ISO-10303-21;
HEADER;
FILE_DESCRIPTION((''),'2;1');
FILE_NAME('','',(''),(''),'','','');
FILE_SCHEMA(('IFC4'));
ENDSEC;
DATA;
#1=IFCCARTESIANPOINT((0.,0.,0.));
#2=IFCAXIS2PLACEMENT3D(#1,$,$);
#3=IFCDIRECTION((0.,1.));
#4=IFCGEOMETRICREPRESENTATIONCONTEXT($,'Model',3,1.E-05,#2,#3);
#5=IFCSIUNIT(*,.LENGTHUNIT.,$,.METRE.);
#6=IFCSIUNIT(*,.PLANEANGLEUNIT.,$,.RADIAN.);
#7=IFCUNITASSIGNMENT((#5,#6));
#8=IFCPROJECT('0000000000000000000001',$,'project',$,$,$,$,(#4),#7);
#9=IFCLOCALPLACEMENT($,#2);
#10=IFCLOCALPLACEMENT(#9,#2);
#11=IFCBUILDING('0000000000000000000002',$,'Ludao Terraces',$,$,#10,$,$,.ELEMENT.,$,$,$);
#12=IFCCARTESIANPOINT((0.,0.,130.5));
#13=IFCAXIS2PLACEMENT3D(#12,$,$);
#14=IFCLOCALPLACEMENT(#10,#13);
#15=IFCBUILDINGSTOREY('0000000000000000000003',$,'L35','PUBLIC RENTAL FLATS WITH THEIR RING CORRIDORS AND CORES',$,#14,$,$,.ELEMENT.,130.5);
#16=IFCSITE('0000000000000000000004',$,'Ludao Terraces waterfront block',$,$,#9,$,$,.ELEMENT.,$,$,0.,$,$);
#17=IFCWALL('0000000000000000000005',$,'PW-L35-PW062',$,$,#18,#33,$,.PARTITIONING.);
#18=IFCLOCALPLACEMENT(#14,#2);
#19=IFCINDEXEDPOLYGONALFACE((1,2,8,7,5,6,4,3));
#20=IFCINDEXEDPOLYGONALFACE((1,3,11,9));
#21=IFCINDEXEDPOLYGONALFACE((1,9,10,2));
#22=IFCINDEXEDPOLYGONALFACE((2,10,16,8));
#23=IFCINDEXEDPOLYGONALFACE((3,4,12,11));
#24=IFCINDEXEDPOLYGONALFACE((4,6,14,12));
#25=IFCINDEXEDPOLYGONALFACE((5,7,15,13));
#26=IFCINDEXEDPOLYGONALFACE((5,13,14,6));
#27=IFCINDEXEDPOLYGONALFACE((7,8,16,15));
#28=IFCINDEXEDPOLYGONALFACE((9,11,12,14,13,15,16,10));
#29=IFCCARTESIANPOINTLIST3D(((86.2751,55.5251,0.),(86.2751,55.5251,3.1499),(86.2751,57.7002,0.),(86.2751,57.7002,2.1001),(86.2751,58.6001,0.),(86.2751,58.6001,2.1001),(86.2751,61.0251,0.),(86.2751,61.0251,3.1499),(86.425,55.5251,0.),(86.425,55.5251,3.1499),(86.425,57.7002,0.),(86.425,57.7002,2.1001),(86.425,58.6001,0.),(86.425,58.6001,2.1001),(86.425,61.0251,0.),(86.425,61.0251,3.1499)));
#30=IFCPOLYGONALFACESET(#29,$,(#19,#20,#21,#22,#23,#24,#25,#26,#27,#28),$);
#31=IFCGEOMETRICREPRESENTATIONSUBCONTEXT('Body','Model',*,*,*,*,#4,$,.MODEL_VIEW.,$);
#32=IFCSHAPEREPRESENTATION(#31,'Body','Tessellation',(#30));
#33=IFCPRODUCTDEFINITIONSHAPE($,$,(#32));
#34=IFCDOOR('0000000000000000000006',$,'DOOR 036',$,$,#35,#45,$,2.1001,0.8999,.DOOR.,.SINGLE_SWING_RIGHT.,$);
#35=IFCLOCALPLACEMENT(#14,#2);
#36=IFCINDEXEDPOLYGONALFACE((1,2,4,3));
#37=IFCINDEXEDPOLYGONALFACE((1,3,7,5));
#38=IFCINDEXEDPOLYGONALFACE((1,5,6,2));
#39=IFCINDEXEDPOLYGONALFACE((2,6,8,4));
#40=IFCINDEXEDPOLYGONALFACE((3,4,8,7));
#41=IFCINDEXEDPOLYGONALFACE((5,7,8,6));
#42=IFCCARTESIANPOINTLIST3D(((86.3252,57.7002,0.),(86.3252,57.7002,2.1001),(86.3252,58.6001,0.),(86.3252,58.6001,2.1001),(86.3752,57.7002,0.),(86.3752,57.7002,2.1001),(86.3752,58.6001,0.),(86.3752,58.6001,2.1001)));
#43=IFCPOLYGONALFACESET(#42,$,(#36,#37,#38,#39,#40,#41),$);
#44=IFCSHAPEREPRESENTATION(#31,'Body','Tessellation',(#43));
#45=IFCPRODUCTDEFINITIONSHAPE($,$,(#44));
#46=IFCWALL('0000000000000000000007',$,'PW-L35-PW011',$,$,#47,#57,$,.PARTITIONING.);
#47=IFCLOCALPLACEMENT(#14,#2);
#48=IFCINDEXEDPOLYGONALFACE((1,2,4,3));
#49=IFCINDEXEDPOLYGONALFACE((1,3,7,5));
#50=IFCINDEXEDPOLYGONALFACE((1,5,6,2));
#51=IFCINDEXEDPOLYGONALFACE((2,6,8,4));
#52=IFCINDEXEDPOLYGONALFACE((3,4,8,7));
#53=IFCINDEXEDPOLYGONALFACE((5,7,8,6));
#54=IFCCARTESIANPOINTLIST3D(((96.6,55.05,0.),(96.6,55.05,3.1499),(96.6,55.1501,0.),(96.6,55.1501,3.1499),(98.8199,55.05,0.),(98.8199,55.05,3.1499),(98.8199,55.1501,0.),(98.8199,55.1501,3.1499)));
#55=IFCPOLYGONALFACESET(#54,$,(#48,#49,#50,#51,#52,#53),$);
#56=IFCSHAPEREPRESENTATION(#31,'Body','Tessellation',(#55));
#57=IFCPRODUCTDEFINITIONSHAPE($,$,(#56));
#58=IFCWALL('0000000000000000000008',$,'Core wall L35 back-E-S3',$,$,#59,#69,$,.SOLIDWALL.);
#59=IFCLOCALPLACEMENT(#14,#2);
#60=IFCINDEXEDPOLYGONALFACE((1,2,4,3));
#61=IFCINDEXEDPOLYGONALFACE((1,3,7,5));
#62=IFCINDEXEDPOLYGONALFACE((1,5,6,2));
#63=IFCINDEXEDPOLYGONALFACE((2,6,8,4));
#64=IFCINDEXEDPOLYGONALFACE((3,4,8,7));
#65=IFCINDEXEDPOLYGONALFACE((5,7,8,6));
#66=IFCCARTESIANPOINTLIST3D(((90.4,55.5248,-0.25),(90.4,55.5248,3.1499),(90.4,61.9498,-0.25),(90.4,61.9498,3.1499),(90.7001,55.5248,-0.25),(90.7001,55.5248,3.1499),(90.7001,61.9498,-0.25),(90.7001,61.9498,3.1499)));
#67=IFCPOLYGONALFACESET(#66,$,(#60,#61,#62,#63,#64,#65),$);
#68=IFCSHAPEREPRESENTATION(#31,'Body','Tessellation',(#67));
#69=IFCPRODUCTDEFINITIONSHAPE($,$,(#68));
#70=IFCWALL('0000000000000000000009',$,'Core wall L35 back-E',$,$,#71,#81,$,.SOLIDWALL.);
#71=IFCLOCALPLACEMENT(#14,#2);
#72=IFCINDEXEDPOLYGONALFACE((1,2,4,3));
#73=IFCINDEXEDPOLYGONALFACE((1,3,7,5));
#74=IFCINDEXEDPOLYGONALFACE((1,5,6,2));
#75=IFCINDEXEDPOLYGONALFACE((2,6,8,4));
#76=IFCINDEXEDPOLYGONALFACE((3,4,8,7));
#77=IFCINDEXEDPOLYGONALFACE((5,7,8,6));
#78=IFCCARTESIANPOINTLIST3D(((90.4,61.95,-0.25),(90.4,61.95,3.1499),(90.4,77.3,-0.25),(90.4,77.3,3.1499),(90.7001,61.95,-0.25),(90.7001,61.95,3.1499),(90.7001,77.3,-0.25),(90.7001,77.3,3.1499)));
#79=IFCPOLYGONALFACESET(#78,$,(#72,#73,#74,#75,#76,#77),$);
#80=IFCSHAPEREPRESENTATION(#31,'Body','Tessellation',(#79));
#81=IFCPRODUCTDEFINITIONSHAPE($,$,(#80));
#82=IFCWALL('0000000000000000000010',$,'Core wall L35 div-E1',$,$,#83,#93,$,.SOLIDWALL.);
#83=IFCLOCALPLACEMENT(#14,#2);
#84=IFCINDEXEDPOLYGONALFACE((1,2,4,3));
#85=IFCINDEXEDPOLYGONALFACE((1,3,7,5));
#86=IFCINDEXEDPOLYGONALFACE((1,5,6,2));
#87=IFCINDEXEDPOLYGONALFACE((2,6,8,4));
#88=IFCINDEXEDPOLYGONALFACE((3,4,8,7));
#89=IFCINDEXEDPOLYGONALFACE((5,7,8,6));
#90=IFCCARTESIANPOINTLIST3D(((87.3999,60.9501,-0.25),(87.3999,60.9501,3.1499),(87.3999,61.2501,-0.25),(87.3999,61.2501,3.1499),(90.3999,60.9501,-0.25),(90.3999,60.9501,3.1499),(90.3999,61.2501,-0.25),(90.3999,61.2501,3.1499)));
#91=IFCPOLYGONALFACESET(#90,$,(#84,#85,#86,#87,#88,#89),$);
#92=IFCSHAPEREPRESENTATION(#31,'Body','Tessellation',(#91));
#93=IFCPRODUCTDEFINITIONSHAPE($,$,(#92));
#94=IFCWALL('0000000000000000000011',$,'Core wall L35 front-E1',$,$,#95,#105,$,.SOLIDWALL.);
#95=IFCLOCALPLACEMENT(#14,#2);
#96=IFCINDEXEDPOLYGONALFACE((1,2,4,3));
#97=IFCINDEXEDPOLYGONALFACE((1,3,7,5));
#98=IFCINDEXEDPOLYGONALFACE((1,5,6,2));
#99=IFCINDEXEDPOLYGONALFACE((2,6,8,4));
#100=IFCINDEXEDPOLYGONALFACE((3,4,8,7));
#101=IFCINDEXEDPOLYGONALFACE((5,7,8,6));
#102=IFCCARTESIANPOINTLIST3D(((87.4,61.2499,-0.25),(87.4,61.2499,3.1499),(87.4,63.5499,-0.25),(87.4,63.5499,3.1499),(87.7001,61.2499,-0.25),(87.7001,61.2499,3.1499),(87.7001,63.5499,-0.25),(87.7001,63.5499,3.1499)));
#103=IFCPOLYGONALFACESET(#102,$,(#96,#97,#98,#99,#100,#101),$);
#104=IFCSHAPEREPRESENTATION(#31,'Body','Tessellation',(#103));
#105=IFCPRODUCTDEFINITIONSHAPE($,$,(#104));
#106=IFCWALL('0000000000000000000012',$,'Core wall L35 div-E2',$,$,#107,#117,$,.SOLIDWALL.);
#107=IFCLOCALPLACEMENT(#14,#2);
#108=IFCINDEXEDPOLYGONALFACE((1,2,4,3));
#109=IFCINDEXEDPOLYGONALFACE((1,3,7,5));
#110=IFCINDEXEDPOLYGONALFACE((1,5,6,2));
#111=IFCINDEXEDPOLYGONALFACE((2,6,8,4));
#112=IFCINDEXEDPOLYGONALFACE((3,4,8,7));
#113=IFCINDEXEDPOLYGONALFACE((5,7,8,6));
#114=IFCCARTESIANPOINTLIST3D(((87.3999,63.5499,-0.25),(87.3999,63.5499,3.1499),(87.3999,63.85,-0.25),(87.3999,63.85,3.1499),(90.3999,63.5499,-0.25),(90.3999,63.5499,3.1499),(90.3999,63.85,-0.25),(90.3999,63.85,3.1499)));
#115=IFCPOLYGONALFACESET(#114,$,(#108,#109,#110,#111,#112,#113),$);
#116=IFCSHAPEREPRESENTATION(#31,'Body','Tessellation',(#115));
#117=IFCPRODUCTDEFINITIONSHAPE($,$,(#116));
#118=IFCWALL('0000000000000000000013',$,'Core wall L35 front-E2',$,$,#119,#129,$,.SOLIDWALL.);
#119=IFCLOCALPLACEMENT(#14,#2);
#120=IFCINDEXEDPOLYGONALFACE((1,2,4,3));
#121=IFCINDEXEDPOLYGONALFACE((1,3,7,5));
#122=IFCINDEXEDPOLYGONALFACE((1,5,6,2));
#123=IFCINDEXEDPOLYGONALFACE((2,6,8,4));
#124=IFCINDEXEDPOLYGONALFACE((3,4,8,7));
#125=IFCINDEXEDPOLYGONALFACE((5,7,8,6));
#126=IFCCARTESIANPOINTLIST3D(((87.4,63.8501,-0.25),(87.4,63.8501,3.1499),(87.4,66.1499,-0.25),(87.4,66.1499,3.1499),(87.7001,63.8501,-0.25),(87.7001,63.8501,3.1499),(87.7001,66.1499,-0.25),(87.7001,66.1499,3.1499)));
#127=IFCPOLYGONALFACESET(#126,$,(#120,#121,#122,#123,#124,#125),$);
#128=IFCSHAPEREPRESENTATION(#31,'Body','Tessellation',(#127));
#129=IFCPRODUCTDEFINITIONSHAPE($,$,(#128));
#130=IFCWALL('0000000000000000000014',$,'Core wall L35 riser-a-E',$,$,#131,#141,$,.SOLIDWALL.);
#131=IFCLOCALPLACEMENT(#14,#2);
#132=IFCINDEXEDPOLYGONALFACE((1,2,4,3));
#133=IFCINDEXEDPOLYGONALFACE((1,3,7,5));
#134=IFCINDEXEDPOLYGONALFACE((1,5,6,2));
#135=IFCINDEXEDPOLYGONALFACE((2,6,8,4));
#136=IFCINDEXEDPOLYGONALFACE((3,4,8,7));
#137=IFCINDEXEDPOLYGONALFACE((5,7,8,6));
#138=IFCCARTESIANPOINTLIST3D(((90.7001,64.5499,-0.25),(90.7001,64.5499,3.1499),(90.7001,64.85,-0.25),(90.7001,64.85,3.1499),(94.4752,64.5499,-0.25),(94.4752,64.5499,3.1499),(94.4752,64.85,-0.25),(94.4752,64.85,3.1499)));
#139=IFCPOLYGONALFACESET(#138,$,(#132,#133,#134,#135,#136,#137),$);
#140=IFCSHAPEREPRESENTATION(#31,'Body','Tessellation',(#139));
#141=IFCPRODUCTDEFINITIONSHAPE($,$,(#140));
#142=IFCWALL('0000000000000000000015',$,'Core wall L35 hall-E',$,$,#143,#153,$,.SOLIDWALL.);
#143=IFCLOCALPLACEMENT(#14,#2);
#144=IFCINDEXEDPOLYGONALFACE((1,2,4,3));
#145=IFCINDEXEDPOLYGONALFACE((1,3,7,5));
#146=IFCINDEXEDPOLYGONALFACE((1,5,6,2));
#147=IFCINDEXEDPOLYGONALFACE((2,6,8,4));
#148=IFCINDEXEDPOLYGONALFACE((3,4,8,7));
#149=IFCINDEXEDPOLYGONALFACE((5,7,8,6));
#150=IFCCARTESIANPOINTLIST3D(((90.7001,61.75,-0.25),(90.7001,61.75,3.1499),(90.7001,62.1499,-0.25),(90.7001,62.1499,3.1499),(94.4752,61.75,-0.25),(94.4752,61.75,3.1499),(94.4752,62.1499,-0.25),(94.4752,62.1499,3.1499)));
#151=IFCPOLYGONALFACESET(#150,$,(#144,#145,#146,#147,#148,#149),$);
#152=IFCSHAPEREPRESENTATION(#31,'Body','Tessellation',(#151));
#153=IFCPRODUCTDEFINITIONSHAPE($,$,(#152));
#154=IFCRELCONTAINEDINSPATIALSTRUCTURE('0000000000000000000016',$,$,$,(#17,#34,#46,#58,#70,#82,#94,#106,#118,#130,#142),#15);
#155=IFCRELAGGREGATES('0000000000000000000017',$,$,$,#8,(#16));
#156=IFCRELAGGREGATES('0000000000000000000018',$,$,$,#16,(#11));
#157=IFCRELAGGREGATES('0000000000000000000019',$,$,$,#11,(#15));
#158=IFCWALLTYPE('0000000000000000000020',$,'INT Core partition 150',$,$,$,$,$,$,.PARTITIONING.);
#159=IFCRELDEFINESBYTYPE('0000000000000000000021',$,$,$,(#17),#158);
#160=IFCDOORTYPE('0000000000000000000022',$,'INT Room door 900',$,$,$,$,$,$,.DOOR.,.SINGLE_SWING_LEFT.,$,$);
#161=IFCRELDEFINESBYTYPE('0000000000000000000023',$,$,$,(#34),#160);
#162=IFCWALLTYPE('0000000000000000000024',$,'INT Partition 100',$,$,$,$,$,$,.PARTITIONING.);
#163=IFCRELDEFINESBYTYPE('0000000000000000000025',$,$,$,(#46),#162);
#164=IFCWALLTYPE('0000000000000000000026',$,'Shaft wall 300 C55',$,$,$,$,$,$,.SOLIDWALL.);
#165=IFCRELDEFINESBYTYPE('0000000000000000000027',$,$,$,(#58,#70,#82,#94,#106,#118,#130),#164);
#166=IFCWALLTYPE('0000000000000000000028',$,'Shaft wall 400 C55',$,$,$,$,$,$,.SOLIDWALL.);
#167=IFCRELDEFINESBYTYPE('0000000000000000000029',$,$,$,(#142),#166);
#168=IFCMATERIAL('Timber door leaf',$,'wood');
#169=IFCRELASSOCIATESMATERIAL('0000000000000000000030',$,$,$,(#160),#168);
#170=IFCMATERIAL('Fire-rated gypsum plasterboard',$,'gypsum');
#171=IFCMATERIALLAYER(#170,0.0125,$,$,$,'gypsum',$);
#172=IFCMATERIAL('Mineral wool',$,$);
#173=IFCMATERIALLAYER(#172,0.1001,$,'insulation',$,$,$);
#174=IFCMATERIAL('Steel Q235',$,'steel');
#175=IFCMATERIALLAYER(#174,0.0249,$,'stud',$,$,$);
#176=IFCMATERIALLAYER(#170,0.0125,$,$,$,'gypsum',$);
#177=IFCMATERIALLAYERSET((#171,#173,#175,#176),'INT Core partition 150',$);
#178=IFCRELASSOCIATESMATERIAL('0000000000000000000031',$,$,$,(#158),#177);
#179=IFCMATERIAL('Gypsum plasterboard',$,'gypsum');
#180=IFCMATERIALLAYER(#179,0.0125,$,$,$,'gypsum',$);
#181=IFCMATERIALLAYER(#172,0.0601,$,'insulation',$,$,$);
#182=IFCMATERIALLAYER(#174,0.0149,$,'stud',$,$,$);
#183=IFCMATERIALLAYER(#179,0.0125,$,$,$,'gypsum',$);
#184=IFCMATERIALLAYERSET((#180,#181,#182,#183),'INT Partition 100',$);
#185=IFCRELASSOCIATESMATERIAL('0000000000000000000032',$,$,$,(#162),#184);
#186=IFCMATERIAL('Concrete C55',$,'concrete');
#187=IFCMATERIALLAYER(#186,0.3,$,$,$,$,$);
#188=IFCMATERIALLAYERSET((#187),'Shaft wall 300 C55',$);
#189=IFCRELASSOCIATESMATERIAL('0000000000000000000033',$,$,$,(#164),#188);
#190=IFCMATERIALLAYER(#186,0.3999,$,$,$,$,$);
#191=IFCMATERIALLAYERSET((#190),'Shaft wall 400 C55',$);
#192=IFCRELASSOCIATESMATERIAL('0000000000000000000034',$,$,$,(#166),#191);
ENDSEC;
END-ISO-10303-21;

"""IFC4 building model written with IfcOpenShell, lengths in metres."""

from ifc_helpers import new_model, si_unit, direction, frame, frame_2d, origin, place, context, subcontext, project, spatial, rectangle, extrude, material, layer, layer_set, type_object, element, fill, save


model = new_model("IFC4")

# Units and contexts
model_context = context("Model", 3, precision=1e-05, world=origin(), true_north=direction((0.0, 1.0)))
body_context = subcontext(model_context, "Body", "Model", "MODEL_VIEW")
ifc_project = project(units=[si_unit("LENGTHUNIT", "METRE"), si_unit("PLANEANGLEUNIT", "RADIAN")], contexts=[model_context])

# Site, building, storey
site_placement = place(None, origin())
site = spatial("IfcSite", under=ifc_project, at=site_placement, Name="Ludao Terraces waterfront block", CompositionType="ELEMENT", RefElevation=0.0)
building_placement = place(site_placement, origin())
building = spatial("IfcBuilding", under=site, at=building_placement, Name="Ludao Terraces", CompositionType="ELEMENT")
storey_placement = place(building_placement, frame((0.0, 0.0, 130.5)))
storey = spatial("IfcBuildingStorey", under=building, at=storey_placement, Name="L35", Description="PUBLIC RENTAL FLATS WITH THEIR RING CORRIDORS AND CORES", CompositionType="ELEMENT", Elevation=130.5)

# Shared definitions
ifc_material_1 = material(Name="Steel Q235", Category="steel")
ifc_material_2 = material(Name="Timber door leaf", Category="wood")
door_type_1 = type_object("IfcDoorType", Name="INT Room door 900", OperationType="SINGLE_SWING_LEFT", PredefinedType="DOOR", material=ifc_material_2)

# Wall, opening, door
ifc_material_3 = material(Name="Fire-rated gypsum plasterboard", Category="gypsum")
ifc_layer_1 = layer(ifc_material_3, 0.0125, Category="gypsum")
ifc_material_4 = material(Name="Mineral wool")
ifc_layer_2 = layer(ifc_material_4, 0.1001, Name="insulation")
ifc_layer_3 = layer(ifc_material_1, 0.0249, Name="stud")
ifc_layer_4 = layer(ifc_material_3, 0.0125, Category="gypsum")
ifc_layer_set_1 = layer_set([ifc_layer_1, ifc_layer_2, ifc_layer_3, ifc_layer_4], Name="INT Core partition 150")
wall_type_1 = type_object("IfcWallType", Name="INT Core partition 150", PredefinedType="PARTITIONING", material=ifc_layer_set_1)
wall_1_placement = place(storey_placement, frame((86.3501, 55.5251, 0.0), z_axis=(0.0, 0.0, 1.0), x_axis=(0.0, 1.0, 0.0)))
wall_1 = element("IfcWall", 1, at=wall_1_placement, inside=storey, type_object=wall_type_1, Name="PW-L35-PW062", PredefinedType="PARTITIONING", context=body_context, shape_type="SweptSolid", body=[
    extrude(rectangle(XDim=5.5, YDim=0.1499, at=frame_2d((2.75, 0.0))), origin(), (0.0, 0.0, 1.0), 3.1499),
])
opening_1_placement = place(wall_1_placement, frame((2.175, 0.0, 0.0)))
opening_1 = element("IfcOpeningElement", 2, at=opening_1_placement, cuts=wall_1, PredefinedType="OPENING", context=body_context, shape_type="SweptSolid", body=[
    extrude(rectangle(XDim=0.8999, YDim=2.1001, at=frame_2d((0.45, 1.05))), frame((0.0, 0.085, 0.0), z_axis=(0.0, -1.0, 0.0), x_axis=(1.0, 0.0, 0.0)), (0.0, 0.0, 1.0), 0.1699),
])
door_1_placement = place(opening_1_placement, origin())
door_1 = element("IfcDoor", 3, at=door_1_placement, inside=storey, type_object=door_type_1, Name="DOOR 036", OperationType="SINGLE_SWING_RIGHT", OverallHeight=2.1001, OverallWidth=0.8999, PredefinedType="DOOR", context=body_context, shape_type="SweptSolid", body=[
    extrude(rectangle(XDim=0.8999, YDim=2.1001, at=frame_2d((0.45, 1.05))), frame((0.0, 0.0249, 0.0), z_axis=(0.0, -1.0, 0.0), x_axis=(1.0, 0.0, 0.0)), (0.0, 0.0, 1.0), 0.05),
])
fill(opening_1, door_1)

# Walls
ifc_material_5 = material(Name="Gypsum plasterboard", Category="gypsum")
ifc_layer_5 = layer(ifc_material_5, 0.0125, Category="gypsum")
ifc_layer_6 = layer(ifc_material_4, 0.0601, Name="insulation")
ifc_layer_7 = layer(ifc_material_1, 0.0149, Name="stud")
ifc_layer_8 = layer(ifc_material_5, 0.0125, Category="gypsum")
ifc_layer_set_2 = layer_set([ifc_layer_5, ifc_layer_6, ifc_layer_7, ifc_layer_8], Name="INT Partition 100")
wall_type_2 = type_object("IfcWallType", Name="INT Partition 100", PredefinedType="PARTITIONING", material=ifc_layer_set_2)
wall_2_placement = place(storey_placement, frame((96.6001, 55.1001, 0.0), z_axis=(0.0, 0.0, 1.0), x_axis=(1.0, 0.0, 0.0)))
element("IfcWall", 4, at=wall_2_placement, inside=storey, type_object=wall_type_2, Name="PW-L35-PW011", PredefinedType="PARTITIONING", context=body_context, shape_type="SweptSolid", body=[
    extrude(rectangle(XDim=2.22, YDim=0.1001, at=frame_2d((1.1099, 0.0))), origin(), (0.0, 0.0, 1.0), 3.1499),
])
ifc_material_6 = material(Name="Concrete C55", Category="concrete")
ifc_layer_9 = layer(ifc_material_6, 0.3)
ifc_layer_set_3 = layer_set([ifc_layer_9], Name="Shaft wall 300 C55")
wall_type_3 = type_object("IfcWallType", Name="Shaft wall 300 C55", PredefinedType="SOLIDWALL", material=ifc_layer_set_3)
wall_3_placement = place(storey_placement, frame((90.55, 55.5249, -0.25), z_axis=(0.0, 0.0, 1.0), x_axis=(0.0, 1.0, 0.0)))
element("IfcWall", 5, at=wall_3_placement, inside=storey, type_object=wall_type_3, Name="Core wall L35 back-E-S3", PredefinedType="SOLIDWALL", context=body_context, shape_type="SweptSolid", body=[
    extrude(rectangle(XDim=6.425, YDim=0.3, at=frame_2d((3.2124, 0.0))), origin(), (0.0, 0.0, 1.0), 3.3999),
])
wall_4_placement = place(storey_placement, frame((90.55, 61.95, -0.25), z_axis=(0.0, 0.0, 1.0), x_axis=(0.0, 1.0, 0.0)))
element("IfcWall", 6, at=wall_4_placement, inside=storey, type_object=wall_type_3, Name="Core wall L35 back-E", PredefinedType="SOLIDWALL", context=body_context, shape_type="SweptSolid", body=[
    extrude(rectangle(XDim=15.3501, YDim=0.3, at=frame_2d((7.675, 0.0))), origin(), (0.0, 0.0, 1.0), 3.3999),
])
wall_5_placement = place(storey_placement, frame((87.3999, 61.1001, -0.25), z_axis=(0.0, 0.0, 1.0), x_axis=(1.0, 0.0, 0.0)))
element("IfcWall", 7, at=wall_5_placement, inside=storey, type_object=wall_type_3, Name="Core wall L35 div-E1", PredefinedType="SOLIDWALL", context=body_context, shape_type="SweptSolid", body=[
    extrude(rectangle(XDim=3.0, YDim=0.3, at=frame_2d((1.5, 0.0))), origin(), (0.0, 0.0, 1.0), 3.3999),
])
wall_6_placement = place(storey_placement, frame((87.55, 61.25, -0.25), z_axis=(0.0, 0.0, 1.0), x_axis=(0.0, 1.0, 0.0)))
element("IfcWall", 8, at=wall_6_placement, inside=storey, type_object=wall_type_3, Name="Core wall L35 front-E1", PredefinedType="SOLIDWALL", context=body_context, shape_type="SweptSolid", body=[
    extrude(rectangle(XDim=2.3, YDim=0.3, at=frame_2d((1.1499, 0.0))), origin(), (0.0, 0.0, 1.0), 3.3999),
])
wall_7_placement = place(storey_placement, frame((87.3999, 63.7, -0.25), z_axis=(0.0, 0.0, 1.0), x_axis=(1.0, 0.0, 0.0)))
element("IfcWall", 9, at=wall_7_placement, inside=storey, type_object=wall_type_3, Name="Core wall L35 div-E2", PredefinedType="SOLIDWALL", context=body_context, shape_type="SweptSolid", body=[
    extrude(rectangle(XDim=3.0, YDim=0.3, at=frame_2d((1.5, 0.0))), origin(), (0.0, 0.0, 1.0), 3.3999),
])
wall_8_placement = place(storey_placement, frame((87.55, 63.8501, -0.25), z_axis=(0.0, 0.0, 1.0), x_axis=(0.0, 1.0, 0.0)))
element("IfcWall", 10, at=wall_8_placement, inside=storey, type_object=wall_type_3, Name="Core wall L35 front-E2", PredefinedType="SOLIDWALL", context=body_context, shape_type="SweptSolid", body=[
    extrude(rectangle(XDim=2.2998, YDim=0.3, at=frame_2d((1.1499, 0.0))), origin(), (0.0, 0.0, 1.0), 3.3999),
])
wall_9_placement = place(storey_placement, frame((90.7, 64.7, -0.25), z_axis=(0.0, 0.0, 1.0), x_axis=(1.0, 0.0, 0.0)))
element("IfcWall", 11, at=wall_9_placement, inside=storey, type_object=wall_type_3, Name="Core wall L35 riser-a-E", PredefinedType="SOLIDWALL", context=body_context, shape_type="SweptSolid", body=[
    extrude(rectangle(XDim=3.7751, YDim=0.3, at=frame_2d((1.8877, 0.0))), origin(), (0.0, 0.0, 1.0), 3.3999),
])
ifc_layer_10 = layer(ifc_material_6, 0.3999)
ifc_layer_set_4 = layer_set([ifc_layer_10], Name="Shaft wall 400 C55")
wall_type_4 = type_object("IfcWallType", Name="Shaft wall 400 C55", PredefinedType="SOLIDWALL", material=ifc_layer_set_4)
wall_10_placement = place(storey_placement, frame((90.7, 61.95, -0.25), z_axis=(0.0, 0.0, 1.0), x_axis=(1.0, 0.0, 0.0)))
element("IfcWall", 12, at=wall_10_placement, inside=storey, type_object=wall_type_4, Name="Core wall L35 hall-E", PredefinedType="SOLIDWALL", context=body_context, shape_type="SweptSolid", body=[
    extrude(rectangle(XDim=3.7751, YDim=0.3999, at=frame_2d((1.8877, 0.0))), origin(), (0.0, 0.0, 1.0), 3.3999),
])

save(model, "model.ifc")
